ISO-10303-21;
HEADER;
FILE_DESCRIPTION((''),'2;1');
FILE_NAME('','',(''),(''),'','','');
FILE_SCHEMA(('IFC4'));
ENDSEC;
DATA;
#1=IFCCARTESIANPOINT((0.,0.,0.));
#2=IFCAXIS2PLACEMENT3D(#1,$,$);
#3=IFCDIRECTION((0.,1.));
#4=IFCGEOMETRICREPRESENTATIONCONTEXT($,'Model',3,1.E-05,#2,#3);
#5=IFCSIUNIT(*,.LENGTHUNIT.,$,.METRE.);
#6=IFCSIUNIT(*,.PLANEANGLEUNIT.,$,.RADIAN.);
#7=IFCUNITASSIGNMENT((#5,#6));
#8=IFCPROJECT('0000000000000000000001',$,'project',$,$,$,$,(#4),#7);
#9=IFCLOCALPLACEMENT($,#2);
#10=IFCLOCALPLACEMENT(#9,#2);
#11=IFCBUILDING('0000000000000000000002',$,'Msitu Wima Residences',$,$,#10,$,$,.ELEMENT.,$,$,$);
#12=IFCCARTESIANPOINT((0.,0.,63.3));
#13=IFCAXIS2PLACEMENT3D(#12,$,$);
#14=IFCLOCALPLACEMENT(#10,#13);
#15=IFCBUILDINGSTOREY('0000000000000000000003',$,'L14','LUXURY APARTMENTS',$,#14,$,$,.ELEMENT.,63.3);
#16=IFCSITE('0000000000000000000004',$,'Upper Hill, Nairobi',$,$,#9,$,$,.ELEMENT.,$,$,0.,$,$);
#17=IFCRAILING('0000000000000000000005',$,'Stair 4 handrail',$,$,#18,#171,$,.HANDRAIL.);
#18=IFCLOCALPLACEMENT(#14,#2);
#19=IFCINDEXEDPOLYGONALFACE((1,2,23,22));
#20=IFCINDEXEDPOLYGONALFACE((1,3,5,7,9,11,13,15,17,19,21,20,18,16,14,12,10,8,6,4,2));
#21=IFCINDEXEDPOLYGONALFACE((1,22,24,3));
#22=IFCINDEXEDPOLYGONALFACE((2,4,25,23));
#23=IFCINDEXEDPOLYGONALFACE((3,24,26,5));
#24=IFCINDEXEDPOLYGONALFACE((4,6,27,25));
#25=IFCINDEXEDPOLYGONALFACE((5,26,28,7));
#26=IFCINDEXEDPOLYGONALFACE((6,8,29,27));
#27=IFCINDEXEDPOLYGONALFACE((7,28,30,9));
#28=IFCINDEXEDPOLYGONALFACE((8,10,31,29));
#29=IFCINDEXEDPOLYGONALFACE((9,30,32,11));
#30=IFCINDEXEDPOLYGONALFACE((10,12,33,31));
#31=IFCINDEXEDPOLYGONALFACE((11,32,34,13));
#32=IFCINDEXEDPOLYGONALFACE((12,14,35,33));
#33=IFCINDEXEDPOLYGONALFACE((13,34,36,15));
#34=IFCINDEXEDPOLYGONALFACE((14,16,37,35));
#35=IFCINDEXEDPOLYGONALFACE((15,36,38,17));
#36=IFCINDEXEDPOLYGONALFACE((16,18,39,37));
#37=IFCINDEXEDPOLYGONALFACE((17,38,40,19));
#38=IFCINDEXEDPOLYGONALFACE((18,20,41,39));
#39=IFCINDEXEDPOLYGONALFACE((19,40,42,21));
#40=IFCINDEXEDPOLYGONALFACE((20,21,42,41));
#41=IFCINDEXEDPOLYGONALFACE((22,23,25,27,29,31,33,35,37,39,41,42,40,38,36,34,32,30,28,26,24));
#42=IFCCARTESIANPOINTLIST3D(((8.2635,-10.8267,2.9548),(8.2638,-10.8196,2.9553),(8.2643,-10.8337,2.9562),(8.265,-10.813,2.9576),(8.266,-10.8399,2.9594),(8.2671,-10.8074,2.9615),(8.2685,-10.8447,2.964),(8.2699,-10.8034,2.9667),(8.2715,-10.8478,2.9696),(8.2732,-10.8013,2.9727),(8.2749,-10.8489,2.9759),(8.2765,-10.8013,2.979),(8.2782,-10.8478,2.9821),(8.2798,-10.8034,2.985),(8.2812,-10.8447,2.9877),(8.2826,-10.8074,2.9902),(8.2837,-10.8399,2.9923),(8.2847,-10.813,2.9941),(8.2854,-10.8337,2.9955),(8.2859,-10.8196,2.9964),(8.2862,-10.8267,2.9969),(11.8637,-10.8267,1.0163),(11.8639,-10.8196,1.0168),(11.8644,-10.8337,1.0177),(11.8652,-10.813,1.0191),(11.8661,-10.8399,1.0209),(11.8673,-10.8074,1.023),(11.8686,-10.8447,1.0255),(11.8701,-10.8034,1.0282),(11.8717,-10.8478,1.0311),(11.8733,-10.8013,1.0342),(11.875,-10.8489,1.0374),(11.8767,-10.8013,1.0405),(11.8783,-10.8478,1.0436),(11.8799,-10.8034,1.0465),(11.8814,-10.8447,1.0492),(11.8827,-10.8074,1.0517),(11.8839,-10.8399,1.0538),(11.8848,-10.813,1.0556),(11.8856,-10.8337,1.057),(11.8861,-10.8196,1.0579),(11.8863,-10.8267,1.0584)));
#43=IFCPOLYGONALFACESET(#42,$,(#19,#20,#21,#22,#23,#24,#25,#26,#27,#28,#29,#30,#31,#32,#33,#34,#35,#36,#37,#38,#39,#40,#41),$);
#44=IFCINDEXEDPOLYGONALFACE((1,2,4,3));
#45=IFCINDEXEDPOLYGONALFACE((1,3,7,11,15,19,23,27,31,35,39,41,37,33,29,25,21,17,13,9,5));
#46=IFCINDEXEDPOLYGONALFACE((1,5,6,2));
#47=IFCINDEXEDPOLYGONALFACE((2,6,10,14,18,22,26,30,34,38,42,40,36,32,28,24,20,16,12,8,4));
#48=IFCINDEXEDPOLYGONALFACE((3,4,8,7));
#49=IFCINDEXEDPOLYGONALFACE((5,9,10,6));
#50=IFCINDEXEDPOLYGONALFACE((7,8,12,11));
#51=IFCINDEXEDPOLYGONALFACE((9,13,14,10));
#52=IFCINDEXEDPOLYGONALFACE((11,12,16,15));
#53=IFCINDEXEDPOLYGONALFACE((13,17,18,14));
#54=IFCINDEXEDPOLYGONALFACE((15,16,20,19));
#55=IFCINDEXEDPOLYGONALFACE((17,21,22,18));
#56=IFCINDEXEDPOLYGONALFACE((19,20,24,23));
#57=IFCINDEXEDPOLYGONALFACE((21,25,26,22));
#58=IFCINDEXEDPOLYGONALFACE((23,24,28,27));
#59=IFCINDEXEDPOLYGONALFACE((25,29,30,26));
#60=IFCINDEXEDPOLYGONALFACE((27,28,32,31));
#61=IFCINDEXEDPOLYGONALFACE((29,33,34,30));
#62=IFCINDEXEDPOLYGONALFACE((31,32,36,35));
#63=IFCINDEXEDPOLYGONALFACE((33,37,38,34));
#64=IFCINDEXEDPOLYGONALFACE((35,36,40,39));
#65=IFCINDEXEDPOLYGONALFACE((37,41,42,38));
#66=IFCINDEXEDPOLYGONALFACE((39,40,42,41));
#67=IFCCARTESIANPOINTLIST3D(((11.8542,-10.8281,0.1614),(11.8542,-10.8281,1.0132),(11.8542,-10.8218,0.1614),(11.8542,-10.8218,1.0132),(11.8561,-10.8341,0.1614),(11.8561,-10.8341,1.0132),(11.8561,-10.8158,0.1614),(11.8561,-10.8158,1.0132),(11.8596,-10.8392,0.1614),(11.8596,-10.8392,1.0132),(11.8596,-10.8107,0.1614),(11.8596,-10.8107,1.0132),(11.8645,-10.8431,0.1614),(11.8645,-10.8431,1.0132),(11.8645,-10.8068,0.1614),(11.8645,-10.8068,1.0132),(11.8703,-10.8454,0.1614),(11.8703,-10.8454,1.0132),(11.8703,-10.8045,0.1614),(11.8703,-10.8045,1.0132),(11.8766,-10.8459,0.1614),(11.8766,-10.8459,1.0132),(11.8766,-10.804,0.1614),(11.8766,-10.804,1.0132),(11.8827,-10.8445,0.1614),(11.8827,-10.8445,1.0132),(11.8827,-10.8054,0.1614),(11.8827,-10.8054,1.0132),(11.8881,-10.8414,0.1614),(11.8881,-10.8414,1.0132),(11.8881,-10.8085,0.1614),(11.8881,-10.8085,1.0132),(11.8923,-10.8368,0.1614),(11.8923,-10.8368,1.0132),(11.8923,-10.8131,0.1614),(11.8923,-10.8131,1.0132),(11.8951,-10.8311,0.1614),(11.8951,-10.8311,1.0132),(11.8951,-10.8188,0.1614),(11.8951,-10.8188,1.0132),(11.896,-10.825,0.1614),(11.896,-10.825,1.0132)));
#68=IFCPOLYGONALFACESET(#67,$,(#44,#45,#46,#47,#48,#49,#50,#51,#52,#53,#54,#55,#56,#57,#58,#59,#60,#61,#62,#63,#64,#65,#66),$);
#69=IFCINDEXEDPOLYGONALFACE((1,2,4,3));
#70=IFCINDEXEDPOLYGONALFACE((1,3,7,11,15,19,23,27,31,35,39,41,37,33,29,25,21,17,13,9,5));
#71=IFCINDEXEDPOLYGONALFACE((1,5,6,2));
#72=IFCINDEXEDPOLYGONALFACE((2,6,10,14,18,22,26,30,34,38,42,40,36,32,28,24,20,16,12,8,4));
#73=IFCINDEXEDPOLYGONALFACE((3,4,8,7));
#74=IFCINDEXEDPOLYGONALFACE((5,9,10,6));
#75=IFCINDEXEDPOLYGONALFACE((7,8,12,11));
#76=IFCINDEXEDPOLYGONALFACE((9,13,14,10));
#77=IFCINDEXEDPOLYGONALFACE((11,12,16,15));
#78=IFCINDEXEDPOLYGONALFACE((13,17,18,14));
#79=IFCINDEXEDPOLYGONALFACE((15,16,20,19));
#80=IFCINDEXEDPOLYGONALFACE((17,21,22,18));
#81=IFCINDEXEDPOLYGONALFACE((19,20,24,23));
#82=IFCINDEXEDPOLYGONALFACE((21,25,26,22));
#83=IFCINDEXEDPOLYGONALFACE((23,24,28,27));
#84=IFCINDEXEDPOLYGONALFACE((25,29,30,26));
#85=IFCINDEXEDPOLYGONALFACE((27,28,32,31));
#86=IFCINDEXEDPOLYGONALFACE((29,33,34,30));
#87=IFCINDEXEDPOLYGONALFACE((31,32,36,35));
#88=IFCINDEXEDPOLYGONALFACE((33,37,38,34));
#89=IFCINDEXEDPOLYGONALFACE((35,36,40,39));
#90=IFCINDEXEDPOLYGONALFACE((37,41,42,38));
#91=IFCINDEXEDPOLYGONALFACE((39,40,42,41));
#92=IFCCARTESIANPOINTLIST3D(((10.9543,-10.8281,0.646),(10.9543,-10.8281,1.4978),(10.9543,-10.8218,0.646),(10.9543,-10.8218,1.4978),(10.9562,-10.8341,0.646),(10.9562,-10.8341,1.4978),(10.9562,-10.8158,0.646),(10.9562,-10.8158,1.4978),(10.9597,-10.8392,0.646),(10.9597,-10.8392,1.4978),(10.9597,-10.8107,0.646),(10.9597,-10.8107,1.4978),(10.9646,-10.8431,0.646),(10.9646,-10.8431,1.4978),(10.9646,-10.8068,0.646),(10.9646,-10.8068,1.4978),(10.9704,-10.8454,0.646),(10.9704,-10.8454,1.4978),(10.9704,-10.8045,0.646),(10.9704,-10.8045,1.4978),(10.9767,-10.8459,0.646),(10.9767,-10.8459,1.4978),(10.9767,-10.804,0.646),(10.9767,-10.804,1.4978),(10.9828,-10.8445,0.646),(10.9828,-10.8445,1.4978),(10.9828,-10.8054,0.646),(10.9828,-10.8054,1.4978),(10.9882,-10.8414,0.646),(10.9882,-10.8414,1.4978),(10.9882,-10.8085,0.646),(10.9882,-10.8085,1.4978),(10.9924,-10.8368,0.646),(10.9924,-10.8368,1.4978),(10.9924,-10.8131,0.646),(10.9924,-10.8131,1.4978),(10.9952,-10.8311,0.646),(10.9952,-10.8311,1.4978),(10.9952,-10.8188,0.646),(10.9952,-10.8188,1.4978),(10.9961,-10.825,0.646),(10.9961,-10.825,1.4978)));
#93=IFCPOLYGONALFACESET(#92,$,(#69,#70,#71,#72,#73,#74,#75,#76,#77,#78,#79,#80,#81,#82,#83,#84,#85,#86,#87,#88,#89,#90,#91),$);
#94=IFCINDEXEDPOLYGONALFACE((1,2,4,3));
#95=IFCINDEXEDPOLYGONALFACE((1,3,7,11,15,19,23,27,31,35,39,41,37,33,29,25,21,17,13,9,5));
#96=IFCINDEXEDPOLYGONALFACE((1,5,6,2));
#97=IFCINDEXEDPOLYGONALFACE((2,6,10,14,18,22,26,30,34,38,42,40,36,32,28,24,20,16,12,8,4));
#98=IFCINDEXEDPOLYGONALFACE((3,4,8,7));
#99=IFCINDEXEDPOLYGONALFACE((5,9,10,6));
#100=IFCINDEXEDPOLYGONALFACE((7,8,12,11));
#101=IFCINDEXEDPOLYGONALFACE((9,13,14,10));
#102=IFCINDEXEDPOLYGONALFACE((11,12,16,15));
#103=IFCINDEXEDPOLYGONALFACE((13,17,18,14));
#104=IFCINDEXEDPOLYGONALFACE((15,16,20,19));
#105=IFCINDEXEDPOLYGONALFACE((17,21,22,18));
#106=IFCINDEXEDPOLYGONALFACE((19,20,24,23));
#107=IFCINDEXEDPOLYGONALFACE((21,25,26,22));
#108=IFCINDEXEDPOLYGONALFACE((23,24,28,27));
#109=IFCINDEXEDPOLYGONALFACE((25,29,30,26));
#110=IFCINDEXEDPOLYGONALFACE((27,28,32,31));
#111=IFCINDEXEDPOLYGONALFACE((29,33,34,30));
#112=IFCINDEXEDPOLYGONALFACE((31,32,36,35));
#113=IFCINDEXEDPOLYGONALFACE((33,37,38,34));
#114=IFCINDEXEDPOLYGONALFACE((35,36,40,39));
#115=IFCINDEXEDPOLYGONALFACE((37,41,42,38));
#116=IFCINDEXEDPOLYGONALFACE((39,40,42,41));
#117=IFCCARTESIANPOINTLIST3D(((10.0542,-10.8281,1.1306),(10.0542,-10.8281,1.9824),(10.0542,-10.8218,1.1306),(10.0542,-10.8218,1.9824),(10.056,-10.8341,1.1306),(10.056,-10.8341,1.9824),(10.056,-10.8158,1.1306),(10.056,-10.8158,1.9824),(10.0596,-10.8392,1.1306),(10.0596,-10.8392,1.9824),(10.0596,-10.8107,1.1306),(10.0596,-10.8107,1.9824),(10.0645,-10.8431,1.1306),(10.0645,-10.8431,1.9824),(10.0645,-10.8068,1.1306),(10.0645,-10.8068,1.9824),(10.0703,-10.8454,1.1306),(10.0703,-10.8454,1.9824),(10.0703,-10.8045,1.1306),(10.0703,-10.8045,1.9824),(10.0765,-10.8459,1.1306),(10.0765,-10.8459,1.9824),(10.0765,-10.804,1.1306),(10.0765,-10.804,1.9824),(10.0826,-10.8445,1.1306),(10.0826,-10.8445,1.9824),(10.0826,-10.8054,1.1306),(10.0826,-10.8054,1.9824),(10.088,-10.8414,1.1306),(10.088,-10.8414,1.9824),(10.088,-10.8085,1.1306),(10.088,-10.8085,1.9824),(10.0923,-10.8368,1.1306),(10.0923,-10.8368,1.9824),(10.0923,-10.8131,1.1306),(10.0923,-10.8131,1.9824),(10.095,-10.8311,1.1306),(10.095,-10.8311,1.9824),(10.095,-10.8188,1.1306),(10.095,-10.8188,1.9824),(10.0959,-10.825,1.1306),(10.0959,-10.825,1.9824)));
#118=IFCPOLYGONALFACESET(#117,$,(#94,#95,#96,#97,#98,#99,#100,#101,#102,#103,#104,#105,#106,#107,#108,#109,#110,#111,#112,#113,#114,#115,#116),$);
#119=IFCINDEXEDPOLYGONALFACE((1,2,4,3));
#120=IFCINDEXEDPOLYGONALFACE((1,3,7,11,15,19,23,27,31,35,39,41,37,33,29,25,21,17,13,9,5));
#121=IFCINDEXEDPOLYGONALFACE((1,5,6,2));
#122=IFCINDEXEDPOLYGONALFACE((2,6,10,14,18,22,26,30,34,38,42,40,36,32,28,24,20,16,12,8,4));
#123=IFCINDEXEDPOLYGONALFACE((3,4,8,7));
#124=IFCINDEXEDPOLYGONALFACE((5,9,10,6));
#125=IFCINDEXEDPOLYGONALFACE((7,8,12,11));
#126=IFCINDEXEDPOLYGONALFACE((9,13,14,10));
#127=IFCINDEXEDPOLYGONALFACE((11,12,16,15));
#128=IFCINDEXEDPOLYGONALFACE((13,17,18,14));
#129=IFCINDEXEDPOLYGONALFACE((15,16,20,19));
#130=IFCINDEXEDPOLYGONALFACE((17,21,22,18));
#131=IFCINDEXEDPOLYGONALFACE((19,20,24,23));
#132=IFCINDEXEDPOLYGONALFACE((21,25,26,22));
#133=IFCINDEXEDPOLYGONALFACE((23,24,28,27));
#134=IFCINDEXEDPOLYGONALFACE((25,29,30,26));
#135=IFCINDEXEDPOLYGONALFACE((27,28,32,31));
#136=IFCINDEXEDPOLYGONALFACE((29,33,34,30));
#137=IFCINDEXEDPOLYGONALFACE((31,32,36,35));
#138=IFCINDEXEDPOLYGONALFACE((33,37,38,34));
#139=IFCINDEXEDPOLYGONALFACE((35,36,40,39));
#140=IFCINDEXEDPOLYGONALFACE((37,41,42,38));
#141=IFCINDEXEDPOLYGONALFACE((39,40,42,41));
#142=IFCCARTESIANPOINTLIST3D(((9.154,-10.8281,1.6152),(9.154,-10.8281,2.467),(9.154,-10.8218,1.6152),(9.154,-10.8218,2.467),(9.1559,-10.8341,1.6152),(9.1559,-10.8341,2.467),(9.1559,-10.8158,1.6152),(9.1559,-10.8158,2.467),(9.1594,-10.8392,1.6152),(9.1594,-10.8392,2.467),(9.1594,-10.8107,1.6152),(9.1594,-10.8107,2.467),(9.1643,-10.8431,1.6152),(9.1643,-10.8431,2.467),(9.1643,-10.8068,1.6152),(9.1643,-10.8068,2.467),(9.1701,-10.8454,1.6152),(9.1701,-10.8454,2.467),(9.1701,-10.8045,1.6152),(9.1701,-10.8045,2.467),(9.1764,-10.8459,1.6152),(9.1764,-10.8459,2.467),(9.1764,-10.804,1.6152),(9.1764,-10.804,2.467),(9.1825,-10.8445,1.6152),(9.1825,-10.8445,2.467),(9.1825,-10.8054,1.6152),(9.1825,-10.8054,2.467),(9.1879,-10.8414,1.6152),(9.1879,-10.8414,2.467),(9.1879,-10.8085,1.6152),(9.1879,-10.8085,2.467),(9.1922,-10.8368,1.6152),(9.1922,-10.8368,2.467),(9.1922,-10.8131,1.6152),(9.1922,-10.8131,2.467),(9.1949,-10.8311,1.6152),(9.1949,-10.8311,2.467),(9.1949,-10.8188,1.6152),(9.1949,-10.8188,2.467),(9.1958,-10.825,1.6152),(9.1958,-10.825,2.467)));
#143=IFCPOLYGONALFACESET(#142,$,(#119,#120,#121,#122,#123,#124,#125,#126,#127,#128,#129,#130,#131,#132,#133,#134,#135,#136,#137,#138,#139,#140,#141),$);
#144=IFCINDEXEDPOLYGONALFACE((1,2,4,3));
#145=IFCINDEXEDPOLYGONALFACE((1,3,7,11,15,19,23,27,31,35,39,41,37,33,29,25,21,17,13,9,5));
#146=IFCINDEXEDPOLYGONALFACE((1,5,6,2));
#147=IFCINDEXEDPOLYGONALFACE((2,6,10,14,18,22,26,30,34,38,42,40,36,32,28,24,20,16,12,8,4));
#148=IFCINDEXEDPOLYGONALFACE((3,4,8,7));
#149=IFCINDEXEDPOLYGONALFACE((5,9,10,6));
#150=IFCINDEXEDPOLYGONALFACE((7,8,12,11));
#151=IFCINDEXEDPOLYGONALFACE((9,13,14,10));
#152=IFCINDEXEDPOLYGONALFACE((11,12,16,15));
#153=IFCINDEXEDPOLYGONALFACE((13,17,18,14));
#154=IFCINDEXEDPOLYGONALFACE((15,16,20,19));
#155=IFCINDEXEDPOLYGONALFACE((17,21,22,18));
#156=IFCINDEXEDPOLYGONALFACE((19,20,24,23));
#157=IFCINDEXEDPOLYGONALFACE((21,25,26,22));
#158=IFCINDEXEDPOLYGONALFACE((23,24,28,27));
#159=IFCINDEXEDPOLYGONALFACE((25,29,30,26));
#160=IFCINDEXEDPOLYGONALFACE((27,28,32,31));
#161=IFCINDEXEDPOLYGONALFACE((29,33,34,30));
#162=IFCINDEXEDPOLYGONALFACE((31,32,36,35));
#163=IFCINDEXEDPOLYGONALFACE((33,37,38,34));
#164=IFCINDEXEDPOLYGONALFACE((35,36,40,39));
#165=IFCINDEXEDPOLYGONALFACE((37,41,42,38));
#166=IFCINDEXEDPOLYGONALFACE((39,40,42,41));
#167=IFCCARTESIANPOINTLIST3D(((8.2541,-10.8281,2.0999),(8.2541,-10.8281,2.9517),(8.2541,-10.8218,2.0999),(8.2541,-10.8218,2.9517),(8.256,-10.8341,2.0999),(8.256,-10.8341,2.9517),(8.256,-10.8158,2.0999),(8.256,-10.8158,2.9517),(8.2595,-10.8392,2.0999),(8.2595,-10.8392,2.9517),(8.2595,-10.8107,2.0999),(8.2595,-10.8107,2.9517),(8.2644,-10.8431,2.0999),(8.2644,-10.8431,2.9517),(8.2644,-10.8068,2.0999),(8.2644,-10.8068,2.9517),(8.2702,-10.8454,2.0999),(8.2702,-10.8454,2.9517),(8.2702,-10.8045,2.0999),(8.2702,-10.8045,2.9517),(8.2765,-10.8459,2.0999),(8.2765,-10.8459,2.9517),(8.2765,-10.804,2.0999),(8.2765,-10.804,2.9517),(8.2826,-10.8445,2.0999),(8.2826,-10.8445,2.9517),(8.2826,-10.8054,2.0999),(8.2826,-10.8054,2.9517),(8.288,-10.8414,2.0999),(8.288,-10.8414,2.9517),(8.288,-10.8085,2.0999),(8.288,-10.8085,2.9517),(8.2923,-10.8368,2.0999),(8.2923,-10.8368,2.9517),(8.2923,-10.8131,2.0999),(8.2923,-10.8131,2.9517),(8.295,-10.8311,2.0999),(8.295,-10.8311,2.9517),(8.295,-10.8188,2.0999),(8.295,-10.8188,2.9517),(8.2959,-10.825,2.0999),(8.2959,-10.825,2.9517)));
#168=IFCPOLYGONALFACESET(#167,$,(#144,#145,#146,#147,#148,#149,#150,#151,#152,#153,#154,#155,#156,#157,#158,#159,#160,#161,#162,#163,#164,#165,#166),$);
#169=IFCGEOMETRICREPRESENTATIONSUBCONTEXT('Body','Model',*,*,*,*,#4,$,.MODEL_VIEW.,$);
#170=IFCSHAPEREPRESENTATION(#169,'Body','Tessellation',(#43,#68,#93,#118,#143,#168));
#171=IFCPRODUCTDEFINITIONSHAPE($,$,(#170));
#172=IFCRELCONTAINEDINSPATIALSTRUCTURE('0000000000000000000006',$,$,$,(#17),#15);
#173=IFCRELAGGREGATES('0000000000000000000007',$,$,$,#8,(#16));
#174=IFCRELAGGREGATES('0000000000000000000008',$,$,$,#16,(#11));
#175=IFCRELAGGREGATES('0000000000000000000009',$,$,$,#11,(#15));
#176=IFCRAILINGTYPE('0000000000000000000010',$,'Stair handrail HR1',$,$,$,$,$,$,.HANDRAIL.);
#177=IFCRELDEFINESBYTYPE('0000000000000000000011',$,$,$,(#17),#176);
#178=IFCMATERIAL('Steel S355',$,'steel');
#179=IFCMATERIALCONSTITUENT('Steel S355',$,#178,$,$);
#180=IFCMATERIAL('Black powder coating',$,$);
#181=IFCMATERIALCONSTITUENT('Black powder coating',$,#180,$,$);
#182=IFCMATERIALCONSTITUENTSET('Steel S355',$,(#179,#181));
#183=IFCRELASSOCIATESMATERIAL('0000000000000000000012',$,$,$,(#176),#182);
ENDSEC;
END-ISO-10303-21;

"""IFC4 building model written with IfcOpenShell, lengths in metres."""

from ifc_helpers import new_model, si_unit, direction, frame, origin, origin_2d, place, context, subcontext, project, spatial, circle, extrude, material, constituent, constituent_set, type_object, element, save


model = new_model("IFC4")

# Units and contexts
model_context = context("Model", 3, precision=1e-05, world=origin(), true_north=direction((0.0, 1.0)))
body_context = subcontext(model_context, "Body", "Model", "MODEL_VIEW")
ifc_project = project(units=[si_unit("LENGTHUNIT", "METRE"), si_unit("PLANEANGLEUNIT", "RADIAN")], contexts=[model_context])

# Site, building, storey
site_placement = place(None, origin())
site = spatial("IfcSite", under=ifc_project, at=site_placement, Name="Upper Hill, Nairobi", CompositionType="ELEMENT", RefElevation=0.0)
building_placement = place(site_placement, origin())
building = spatial("IfcBuilding", under=site, at=building_placement, Name="Msitu Wima Residences", CompositionType="ELEMENT")
storey_placement = place(building_placement, frame((0.0, 0.0, 63.3)))
storey = spatial("IfcBuildingStorey", under=building, at=storey_placement, Name="L14", Description="LUXURY APARTMENTS", CompositionType="ELEMENT", Elevation=63.3)

# Railing
ifc_material_1 = material(Name="Steel S355", Category="steel")
ifc_constituent_1 = constituent(ifc_material_1, Name="Steel S355")
ifc_material_2 = material(Name="Black powder coating")
ifc_constituent_2 = constituent(ifc_material_2, Name="Black powder coating")
ifc_constituent_set = constituent_set(constituents=[ifc_constituent_1, ifc_constituent_2], Name="Steel S355")
railing_type = type_object("IfcRailingType", Name="Stair handrail HR1", PredefinedType="HANDRAIL", material=ifc_constituent_set)
for number, where, name in (
    (1, (11.875, -10.825, 0.1614), "Stair 4 handrail"),
):
    element("IfcRailing", number, at=place(storey_placement, frame(where)), inside=storey, type_object=railing_type, Name=name, PredefinedType="HANDRAIL", context=body_context, shape_type="SweptSolid", body=[
        extrude(circle(Radius=0.0239, at=origin_2d()), frame((0.0, 0.0, 0.876), z_axis=(-0.880475, 0.0, 0.474093), x_axis=(0.0, -1.0, 0.0)), (0.0, 0.0, 1.0), 4.0889),
        extrude(circle(Radius=0.021, at=origin_2d()), origin(), (0.0, 0.0, 1.0), 0.8518),
        extrude(circle(Radius=0.021, at=origin_2d()), frame((-0.8999, 0.0, 0.4846)), (0.0, 0.0, 1.0), 0.8518),
        extrude(circle(Radius=0.021, at=origin_2d()), frame((-1.8, 0.0, 0.9692)), (0.0, 0.0, 1.0), 0.8518),
        extrude(circle(Radius=0.021, at=origin_2d()), frame((-2.7002, 0.0, 1.4539)), (0.0, 0.0, 1.0), 0.8518),
        extrude(circle(Radius=0.021, at=origin_2d()), frame((-3.6001, 0.0, 1.9385)), (0.0, 0.0, 1.0), 0.8518),
    ])

save(model, "model.ifc")
